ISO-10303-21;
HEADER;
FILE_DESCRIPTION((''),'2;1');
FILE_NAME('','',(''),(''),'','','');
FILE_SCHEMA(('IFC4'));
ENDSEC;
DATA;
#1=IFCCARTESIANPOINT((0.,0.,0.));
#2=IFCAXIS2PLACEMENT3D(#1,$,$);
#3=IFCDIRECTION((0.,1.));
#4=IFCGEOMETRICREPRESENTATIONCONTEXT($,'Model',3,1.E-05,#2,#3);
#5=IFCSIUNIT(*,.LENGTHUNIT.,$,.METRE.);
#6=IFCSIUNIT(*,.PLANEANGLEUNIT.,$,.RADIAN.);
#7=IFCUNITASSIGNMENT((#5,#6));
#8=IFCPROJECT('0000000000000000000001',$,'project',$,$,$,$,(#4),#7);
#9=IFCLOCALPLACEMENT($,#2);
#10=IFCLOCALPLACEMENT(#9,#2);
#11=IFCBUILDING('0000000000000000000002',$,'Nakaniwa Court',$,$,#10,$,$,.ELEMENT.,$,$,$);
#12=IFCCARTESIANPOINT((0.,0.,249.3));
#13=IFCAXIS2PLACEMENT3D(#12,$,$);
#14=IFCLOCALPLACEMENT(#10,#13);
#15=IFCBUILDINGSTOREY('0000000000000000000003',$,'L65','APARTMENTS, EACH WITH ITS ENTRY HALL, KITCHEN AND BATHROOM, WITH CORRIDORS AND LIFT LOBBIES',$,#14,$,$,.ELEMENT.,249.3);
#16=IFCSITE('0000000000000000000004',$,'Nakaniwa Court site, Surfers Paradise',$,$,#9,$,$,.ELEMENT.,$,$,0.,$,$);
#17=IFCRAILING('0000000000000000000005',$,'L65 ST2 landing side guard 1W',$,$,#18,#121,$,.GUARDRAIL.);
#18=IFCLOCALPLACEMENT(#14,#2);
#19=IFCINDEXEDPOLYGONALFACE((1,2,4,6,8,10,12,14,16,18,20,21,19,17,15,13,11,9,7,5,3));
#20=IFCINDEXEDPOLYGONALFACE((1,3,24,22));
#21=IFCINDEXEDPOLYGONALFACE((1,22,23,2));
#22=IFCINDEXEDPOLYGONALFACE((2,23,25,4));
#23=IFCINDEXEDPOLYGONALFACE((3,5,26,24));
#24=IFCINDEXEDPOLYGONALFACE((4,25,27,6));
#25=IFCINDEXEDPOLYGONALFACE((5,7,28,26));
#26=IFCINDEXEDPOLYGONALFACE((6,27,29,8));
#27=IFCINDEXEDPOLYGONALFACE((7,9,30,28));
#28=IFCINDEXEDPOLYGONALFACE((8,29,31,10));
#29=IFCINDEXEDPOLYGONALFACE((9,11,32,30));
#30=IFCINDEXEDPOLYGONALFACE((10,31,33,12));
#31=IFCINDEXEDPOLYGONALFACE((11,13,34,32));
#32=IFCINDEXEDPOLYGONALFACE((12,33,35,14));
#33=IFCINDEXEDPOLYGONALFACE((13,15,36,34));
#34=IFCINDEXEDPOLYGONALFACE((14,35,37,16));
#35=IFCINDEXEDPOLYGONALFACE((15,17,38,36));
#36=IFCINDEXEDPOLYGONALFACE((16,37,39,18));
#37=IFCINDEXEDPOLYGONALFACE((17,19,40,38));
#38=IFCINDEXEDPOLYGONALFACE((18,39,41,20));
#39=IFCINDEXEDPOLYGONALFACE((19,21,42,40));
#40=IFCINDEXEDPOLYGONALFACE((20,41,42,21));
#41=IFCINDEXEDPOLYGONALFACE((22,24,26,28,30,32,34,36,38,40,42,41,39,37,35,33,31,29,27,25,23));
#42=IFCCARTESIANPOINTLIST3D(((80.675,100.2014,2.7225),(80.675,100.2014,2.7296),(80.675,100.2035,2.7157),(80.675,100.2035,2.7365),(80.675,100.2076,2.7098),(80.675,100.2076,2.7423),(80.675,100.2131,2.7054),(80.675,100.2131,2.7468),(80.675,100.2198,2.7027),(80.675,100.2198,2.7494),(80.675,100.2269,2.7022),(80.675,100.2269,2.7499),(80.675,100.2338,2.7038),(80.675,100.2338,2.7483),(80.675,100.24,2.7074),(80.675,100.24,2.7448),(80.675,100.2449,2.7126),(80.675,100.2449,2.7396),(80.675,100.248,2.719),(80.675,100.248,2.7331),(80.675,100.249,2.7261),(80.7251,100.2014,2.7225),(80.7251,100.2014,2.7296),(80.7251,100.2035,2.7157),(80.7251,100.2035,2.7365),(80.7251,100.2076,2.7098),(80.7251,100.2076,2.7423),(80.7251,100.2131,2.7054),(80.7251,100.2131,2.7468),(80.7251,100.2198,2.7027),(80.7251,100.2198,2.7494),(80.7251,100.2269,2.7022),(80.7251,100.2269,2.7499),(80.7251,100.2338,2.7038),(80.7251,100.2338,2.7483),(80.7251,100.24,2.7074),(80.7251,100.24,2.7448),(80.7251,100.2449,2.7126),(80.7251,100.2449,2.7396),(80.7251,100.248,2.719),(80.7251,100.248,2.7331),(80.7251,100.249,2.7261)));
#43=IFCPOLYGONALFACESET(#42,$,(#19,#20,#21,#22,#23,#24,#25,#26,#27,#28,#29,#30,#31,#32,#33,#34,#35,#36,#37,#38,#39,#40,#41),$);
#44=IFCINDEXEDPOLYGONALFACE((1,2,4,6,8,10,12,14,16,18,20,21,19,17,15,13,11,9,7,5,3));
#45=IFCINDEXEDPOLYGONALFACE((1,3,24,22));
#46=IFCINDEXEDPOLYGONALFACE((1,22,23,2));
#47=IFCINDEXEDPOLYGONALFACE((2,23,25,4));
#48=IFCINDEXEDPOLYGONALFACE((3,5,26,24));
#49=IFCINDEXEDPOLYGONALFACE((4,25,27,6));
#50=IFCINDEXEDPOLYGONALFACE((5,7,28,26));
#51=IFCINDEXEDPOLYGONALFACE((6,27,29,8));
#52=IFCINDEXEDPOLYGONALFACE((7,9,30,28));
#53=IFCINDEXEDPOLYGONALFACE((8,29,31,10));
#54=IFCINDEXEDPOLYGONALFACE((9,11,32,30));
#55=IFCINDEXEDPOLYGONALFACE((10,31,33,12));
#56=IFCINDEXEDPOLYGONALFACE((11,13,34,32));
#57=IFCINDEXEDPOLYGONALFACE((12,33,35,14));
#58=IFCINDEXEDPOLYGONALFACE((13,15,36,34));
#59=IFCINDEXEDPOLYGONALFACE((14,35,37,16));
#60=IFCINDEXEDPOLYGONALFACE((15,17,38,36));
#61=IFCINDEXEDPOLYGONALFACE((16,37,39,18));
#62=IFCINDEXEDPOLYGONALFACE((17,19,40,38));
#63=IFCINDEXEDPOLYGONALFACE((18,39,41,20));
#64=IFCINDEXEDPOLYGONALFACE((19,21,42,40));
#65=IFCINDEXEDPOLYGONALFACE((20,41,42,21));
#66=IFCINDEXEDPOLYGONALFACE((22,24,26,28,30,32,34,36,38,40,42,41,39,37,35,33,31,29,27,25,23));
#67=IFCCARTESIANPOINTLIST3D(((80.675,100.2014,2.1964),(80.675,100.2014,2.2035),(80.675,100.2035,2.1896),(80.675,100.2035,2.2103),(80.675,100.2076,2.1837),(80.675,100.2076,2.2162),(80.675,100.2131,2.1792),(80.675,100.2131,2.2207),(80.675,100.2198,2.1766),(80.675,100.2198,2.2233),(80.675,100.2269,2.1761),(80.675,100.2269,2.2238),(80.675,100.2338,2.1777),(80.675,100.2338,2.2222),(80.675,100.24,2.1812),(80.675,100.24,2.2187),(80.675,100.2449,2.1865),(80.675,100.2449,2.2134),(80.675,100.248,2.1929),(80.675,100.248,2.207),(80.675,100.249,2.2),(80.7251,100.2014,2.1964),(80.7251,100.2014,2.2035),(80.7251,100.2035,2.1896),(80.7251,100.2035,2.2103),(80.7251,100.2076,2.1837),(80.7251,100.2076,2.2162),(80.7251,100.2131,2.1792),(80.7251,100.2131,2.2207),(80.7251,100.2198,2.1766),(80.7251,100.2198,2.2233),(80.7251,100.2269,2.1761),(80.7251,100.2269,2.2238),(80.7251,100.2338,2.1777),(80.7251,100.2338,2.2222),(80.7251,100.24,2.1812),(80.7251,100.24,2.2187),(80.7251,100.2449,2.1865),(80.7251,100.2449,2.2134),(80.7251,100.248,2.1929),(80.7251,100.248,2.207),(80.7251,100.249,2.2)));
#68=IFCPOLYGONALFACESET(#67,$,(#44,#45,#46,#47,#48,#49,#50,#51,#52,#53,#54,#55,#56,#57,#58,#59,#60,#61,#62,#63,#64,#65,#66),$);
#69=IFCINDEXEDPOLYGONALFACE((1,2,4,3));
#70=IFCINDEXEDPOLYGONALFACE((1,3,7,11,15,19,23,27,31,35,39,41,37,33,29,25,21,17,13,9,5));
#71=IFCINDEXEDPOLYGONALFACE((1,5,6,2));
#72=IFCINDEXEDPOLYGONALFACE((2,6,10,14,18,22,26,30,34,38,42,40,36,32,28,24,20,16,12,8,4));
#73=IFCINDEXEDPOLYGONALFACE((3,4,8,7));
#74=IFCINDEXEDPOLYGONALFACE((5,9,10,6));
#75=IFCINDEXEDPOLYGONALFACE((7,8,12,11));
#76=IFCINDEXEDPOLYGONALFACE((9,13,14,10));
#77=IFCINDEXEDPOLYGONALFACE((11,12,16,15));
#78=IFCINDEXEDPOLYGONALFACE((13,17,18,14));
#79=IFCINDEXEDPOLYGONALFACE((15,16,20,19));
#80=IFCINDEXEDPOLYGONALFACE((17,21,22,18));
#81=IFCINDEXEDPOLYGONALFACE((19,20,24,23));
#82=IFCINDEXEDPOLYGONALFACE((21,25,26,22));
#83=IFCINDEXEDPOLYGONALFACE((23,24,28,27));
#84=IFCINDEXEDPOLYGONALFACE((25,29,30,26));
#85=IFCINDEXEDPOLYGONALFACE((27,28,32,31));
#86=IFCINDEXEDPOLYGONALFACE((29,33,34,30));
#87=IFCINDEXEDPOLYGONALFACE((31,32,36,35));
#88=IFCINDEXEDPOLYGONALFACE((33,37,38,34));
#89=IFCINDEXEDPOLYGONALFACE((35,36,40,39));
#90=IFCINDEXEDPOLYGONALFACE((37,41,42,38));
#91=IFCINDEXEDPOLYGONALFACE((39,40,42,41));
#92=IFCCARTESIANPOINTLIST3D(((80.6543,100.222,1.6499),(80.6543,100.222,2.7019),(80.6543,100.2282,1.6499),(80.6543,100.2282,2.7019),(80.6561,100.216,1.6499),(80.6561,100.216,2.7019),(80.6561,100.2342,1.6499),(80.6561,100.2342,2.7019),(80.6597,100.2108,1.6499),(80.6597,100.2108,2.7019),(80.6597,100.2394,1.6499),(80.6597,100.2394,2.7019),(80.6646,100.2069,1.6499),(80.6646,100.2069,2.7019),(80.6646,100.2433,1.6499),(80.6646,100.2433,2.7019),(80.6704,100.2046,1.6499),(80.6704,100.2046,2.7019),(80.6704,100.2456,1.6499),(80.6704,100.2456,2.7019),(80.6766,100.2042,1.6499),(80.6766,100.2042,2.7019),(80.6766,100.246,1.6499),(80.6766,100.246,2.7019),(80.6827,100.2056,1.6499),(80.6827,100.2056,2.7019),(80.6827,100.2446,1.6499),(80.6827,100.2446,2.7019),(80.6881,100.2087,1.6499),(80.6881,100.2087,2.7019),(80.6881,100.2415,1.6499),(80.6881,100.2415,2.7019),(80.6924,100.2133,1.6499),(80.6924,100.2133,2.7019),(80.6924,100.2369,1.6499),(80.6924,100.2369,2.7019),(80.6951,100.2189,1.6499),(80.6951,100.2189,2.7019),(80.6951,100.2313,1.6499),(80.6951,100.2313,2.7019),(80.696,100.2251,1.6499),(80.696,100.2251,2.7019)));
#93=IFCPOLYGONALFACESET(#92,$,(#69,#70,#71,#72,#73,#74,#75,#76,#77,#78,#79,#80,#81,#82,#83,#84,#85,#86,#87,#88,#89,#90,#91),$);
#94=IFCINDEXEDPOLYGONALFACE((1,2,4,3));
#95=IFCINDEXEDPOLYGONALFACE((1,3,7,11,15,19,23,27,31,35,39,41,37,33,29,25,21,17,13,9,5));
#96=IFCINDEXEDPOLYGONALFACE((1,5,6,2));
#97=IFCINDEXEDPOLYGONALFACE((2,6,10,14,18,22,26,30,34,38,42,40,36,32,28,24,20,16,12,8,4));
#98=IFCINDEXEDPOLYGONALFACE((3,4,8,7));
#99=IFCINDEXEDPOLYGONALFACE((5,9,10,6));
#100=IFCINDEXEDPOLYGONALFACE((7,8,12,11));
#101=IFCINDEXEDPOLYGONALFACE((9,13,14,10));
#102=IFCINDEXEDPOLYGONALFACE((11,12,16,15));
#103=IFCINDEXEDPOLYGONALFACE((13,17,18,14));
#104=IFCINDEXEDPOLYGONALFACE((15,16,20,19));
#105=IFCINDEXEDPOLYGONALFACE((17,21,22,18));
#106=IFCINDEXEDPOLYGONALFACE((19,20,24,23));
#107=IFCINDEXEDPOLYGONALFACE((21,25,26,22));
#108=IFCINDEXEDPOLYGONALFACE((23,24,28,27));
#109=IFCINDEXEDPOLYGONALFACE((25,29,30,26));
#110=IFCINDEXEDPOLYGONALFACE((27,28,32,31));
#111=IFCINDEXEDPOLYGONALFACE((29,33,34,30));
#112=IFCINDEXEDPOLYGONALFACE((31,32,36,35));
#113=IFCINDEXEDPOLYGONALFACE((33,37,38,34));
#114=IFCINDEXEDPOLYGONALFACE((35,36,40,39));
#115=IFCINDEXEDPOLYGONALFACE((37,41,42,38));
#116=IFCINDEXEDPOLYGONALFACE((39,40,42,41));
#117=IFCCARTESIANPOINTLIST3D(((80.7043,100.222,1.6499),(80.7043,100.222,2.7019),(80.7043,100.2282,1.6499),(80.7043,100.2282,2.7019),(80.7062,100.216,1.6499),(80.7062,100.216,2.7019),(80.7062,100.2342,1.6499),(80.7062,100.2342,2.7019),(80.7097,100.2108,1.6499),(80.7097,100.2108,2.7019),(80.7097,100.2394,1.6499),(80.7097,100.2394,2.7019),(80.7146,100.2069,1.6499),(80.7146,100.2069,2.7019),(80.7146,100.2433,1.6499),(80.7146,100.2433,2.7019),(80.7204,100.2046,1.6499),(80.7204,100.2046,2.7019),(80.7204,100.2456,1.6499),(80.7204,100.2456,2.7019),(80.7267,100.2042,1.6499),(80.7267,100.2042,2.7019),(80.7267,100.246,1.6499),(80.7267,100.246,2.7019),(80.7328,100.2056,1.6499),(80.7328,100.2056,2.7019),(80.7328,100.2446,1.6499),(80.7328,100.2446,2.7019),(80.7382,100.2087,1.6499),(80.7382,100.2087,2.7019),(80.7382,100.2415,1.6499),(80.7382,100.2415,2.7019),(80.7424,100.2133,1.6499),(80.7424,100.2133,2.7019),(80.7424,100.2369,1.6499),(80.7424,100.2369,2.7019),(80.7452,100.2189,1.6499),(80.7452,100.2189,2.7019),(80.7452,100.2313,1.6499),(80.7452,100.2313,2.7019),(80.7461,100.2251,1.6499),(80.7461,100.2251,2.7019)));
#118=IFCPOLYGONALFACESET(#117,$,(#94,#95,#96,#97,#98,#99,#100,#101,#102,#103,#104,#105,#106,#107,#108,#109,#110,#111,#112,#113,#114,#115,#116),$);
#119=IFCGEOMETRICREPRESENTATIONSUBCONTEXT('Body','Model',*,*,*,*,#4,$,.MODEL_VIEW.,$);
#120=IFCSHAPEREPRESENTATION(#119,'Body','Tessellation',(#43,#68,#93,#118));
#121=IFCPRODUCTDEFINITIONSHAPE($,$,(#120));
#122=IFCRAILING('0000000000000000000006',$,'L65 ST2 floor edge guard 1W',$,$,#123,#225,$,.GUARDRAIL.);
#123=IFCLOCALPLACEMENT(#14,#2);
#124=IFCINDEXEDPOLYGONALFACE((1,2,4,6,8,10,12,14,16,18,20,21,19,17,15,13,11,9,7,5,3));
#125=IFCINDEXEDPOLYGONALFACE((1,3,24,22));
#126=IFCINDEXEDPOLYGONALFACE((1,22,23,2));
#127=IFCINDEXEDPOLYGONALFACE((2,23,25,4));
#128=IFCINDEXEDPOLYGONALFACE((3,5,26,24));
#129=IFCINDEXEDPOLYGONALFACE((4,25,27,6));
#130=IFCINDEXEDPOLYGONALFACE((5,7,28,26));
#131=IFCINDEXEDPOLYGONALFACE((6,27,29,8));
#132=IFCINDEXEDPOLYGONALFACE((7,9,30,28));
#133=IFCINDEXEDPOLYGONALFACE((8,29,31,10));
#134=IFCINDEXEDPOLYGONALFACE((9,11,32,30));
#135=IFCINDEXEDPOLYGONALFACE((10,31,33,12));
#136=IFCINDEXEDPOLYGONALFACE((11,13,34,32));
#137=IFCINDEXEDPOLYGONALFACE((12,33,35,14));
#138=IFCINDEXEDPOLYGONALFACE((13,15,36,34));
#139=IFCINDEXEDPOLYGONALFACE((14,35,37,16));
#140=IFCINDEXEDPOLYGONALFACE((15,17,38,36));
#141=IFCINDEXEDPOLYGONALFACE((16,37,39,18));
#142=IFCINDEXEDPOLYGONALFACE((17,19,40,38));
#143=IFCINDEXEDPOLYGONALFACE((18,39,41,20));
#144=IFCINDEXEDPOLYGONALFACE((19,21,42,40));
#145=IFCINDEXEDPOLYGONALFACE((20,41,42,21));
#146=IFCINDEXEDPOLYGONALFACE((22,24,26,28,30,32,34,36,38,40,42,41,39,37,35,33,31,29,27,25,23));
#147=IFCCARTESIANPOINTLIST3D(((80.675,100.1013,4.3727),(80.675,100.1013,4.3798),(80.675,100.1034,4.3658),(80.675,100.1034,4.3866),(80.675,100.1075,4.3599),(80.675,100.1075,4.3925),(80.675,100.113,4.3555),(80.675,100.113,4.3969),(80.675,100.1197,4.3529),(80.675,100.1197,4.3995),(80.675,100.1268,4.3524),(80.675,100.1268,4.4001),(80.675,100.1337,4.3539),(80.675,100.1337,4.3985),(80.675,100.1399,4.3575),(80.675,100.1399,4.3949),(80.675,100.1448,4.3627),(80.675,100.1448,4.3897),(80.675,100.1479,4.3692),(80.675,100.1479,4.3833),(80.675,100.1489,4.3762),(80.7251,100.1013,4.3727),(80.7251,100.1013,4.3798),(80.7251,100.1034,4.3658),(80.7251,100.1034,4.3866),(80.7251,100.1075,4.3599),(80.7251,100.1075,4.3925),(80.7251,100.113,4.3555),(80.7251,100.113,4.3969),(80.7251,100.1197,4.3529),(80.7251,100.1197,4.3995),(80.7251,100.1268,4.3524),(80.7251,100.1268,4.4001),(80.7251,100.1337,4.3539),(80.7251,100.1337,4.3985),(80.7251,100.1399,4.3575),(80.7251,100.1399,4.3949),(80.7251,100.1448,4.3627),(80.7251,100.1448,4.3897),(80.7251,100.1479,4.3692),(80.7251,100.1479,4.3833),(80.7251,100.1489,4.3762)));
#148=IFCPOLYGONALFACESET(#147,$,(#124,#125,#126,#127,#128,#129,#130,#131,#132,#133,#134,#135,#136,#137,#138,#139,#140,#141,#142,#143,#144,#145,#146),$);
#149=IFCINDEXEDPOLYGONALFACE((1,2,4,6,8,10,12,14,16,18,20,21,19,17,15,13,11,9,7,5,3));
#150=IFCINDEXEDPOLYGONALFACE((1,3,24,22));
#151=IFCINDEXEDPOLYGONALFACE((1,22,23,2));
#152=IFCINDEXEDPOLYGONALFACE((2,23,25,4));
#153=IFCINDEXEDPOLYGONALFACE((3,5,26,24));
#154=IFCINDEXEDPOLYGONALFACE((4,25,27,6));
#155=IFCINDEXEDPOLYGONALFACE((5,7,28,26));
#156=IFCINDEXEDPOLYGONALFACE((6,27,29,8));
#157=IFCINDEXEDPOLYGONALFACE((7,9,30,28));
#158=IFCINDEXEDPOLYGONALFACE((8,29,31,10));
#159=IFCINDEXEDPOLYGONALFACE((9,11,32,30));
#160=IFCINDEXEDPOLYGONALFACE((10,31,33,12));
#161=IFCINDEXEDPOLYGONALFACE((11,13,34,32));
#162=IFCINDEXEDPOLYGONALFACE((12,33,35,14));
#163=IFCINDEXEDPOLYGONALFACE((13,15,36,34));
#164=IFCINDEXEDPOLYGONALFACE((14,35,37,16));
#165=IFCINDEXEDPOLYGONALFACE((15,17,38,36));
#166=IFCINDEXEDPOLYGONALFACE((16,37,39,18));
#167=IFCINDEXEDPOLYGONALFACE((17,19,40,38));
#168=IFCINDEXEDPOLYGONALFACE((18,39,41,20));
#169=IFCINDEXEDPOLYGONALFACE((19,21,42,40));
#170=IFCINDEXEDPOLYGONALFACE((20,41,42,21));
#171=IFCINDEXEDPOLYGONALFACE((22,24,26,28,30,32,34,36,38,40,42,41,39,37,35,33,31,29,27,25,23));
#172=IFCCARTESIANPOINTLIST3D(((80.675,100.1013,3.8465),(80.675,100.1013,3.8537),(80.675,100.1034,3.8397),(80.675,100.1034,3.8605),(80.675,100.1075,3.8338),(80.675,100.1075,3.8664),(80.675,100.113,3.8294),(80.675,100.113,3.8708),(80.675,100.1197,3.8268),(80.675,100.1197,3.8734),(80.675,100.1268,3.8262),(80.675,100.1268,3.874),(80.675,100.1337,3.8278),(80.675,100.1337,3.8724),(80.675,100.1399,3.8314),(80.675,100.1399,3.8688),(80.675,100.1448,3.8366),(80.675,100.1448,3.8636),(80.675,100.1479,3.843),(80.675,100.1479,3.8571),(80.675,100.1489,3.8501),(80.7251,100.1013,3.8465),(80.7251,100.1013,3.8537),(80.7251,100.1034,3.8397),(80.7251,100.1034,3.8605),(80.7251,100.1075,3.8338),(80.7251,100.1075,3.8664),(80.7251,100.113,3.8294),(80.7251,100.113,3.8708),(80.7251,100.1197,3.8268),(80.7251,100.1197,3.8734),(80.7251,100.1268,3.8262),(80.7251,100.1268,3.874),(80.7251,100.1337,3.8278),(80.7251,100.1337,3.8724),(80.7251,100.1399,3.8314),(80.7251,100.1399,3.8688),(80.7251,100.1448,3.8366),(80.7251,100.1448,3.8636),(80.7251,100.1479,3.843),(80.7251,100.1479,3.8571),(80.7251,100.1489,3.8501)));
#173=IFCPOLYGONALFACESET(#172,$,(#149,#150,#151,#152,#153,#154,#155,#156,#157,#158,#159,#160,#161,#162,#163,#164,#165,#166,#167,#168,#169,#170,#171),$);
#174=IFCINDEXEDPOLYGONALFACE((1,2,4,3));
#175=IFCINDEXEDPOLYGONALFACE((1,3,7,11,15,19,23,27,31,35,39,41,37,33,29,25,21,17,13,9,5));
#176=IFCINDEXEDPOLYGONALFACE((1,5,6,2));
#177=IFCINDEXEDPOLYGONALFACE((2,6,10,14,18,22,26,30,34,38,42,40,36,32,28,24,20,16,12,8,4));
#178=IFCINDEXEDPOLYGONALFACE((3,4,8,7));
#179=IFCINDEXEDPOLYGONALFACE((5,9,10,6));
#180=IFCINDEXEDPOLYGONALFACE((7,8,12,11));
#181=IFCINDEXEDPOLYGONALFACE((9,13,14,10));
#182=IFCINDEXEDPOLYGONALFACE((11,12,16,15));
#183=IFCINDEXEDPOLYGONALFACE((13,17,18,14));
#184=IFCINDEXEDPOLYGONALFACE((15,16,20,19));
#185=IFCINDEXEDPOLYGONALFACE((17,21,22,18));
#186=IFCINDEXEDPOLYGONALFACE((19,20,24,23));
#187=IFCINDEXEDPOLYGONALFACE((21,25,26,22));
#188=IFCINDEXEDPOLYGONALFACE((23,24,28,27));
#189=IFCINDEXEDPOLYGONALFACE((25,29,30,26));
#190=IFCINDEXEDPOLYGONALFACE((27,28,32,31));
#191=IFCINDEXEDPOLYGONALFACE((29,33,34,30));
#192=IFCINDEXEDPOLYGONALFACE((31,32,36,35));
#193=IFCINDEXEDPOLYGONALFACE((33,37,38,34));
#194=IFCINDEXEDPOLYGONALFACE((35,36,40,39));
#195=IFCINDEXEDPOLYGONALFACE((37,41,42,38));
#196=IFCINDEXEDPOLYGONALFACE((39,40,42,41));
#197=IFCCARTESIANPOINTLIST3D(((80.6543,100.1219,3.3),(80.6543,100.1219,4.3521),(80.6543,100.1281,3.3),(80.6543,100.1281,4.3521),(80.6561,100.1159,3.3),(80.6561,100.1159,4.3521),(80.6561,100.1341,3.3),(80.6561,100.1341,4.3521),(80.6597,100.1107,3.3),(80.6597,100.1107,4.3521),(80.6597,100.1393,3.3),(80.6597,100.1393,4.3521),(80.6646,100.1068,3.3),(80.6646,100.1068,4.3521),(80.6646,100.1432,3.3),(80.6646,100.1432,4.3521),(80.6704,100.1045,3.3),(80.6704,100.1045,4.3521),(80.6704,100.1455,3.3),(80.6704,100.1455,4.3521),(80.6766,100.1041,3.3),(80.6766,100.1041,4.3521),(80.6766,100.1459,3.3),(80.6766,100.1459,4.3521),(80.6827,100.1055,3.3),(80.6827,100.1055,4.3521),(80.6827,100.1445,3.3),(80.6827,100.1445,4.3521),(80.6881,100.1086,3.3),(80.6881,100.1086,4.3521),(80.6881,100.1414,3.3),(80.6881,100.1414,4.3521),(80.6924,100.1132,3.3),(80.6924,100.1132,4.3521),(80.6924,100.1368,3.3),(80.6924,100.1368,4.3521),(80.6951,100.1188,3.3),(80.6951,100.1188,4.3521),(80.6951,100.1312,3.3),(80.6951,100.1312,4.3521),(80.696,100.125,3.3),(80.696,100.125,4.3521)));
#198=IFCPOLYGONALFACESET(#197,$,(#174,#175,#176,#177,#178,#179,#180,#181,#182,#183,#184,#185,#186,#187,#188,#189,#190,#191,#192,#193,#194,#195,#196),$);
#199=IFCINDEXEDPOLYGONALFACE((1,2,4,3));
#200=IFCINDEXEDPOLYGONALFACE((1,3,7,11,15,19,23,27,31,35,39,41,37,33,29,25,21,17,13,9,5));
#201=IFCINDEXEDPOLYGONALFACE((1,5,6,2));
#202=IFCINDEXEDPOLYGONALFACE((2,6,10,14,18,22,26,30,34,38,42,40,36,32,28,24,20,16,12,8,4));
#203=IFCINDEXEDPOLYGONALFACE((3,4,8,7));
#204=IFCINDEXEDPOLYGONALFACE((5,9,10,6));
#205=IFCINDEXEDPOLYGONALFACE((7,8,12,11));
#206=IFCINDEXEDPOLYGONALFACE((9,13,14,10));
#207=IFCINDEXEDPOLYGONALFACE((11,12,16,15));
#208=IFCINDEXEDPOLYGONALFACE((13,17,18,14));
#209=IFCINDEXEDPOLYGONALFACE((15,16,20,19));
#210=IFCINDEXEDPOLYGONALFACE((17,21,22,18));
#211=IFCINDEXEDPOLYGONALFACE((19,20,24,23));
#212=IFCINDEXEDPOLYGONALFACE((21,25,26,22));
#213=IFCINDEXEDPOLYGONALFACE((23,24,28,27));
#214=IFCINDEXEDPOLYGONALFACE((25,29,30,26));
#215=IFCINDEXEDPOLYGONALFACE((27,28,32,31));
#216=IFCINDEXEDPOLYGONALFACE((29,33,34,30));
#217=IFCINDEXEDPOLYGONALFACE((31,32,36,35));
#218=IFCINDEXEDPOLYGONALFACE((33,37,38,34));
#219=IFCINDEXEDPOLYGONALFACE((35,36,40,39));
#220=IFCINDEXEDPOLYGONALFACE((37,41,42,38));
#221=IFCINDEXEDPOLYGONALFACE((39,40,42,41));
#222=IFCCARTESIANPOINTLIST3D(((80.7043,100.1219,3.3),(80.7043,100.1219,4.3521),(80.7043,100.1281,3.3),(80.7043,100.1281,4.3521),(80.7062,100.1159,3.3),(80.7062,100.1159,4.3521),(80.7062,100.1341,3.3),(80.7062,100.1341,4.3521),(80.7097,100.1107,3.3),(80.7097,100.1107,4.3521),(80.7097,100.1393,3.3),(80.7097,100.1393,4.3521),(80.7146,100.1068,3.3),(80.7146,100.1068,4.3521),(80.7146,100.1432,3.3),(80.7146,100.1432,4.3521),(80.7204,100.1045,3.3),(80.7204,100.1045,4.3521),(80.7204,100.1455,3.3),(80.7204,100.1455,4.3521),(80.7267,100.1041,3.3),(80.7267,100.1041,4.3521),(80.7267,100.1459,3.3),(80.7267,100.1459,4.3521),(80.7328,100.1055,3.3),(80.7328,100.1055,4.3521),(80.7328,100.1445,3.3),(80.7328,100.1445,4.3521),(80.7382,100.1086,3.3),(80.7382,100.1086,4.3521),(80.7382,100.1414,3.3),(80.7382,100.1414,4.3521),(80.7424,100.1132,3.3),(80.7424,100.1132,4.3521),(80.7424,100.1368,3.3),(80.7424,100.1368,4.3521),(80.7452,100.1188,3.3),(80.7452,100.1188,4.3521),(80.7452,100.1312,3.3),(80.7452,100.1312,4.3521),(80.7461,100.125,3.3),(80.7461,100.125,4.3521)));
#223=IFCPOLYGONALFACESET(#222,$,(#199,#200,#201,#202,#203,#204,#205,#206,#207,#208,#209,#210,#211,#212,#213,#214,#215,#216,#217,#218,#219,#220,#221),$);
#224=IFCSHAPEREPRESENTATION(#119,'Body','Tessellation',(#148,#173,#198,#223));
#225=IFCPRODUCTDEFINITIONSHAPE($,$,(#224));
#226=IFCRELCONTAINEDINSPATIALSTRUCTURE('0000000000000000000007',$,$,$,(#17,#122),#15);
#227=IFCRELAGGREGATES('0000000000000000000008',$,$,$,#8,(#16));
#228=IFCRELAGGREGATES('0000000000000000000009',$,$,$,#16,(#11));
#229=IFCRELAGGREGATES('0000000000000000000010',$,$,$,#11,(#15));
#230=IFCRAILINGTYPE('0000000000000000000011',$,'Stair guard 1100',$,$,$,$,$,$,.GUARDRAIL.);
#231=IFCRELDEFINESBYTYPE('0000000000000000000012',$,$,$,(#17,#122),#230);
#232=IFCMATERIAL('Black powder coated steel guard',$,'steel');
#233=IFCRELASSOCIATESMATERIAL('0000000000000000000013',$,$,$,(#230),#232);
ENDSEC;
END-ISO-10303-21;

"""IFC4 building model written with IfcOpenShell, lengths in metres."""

from ifc_helpers import new_model, si_unit, direction, frame, origin, origin_2d, place, context, subcontext, project, spatial, circle, extrude, material, type_object, element, save


model = new_model("IFC4")

# Units and contexts
model_context = context("Model", 3, precision=1e-05, world=origin(), true_north=direction((0.0, 1.0)))
body_context = subcontext(model_context, "Body", "Model", "MODEL_VIEW")
ifc_project = project(units=[si_unit("LENGTHUNIT", "METRE"), si_unit("PLANEANGLEUNIT", "RADIAN")], contexts=[model_context])

# Site, building, storey
site_placement = place(None, origin())
site = spatial("IfcSite", under=ifc_project, at=site_placement, Name="Nakaniwa Court site, Surfers Paradise", CompositionType="ELEMENT", RefElevation=0.0)
building_placement = place(site_placement, origin())
building = spatial("IfcBuilding", under=site, at=building_placement, Name="Nakaniwa Court", CompositionType="ELEMENT")
storey_placement = place(building_placement, frame((0.0, 0.0, 249.3)))
storey = spatial("IfcBuildingStorey", under=building, at=storey_placement, Name="L65", Description="APARTMENTS, EACH WITH ITS ENTRY HALL, KITCHEN AND BATHROOM, WITH CORRIDORS AND LIFT LOBBIES", CompositionType="ELEMENT", Elevation=249.3)

# Railings
ifc_material_1 = material(Name="Black powder coated steel guard", Category="steel")
railing_type_1 = type_object("IfcRailingType", Name="Stair guard 1100", PredefinedType="GUARDRAIL", material=ifc_material_1)
for number, where, name in (
    (1, (80.675, 100.2251, 1.6499), "L65 ST2 landing side guard 1W"),
    (2, (80.675, 100.125, 3.3), "L65 ST2 floor edge guard 1W"),
):
    element("IfcRailing", number, at=place(storey_placement, frame(where)), inside=storey, type_object=railing_type_1, Name=name, PredefinedType="GUARDRAIL", context=body_context, shape_type="SweptSolid", body=[
        extrude(circle(Radius=0.0239, at=origin_2d()), frame((0.0, 0.0, 1.0762), z_axis=(1.0, 0.0, 0.0), x_axis=(0.0, 1.0, 0.0)), (0.0, 0.0, 1.0), 0.05),
        extrude(circle(Radius=0.0239, at=origin_2d()), frame((0.0, 0.0, 0.55), z_axis=(1.0, 0.0, 0.0), x_axis=(0.0, 1.0, 0.0)), (0.0, 0.0, 1.0), 0.05),
        extrude(circle(Radius=0.021, at=origin_2d()), origin(), (0.0, 0.0, 1.0), 1.052),
        extrude(circle(Radius=0.021, at=origin_2d()), frame((0.05, 0.0, 0.0)), (0.0, 0.0, 1.0), 1.052),
    ])

save(model, "model.ifc")
